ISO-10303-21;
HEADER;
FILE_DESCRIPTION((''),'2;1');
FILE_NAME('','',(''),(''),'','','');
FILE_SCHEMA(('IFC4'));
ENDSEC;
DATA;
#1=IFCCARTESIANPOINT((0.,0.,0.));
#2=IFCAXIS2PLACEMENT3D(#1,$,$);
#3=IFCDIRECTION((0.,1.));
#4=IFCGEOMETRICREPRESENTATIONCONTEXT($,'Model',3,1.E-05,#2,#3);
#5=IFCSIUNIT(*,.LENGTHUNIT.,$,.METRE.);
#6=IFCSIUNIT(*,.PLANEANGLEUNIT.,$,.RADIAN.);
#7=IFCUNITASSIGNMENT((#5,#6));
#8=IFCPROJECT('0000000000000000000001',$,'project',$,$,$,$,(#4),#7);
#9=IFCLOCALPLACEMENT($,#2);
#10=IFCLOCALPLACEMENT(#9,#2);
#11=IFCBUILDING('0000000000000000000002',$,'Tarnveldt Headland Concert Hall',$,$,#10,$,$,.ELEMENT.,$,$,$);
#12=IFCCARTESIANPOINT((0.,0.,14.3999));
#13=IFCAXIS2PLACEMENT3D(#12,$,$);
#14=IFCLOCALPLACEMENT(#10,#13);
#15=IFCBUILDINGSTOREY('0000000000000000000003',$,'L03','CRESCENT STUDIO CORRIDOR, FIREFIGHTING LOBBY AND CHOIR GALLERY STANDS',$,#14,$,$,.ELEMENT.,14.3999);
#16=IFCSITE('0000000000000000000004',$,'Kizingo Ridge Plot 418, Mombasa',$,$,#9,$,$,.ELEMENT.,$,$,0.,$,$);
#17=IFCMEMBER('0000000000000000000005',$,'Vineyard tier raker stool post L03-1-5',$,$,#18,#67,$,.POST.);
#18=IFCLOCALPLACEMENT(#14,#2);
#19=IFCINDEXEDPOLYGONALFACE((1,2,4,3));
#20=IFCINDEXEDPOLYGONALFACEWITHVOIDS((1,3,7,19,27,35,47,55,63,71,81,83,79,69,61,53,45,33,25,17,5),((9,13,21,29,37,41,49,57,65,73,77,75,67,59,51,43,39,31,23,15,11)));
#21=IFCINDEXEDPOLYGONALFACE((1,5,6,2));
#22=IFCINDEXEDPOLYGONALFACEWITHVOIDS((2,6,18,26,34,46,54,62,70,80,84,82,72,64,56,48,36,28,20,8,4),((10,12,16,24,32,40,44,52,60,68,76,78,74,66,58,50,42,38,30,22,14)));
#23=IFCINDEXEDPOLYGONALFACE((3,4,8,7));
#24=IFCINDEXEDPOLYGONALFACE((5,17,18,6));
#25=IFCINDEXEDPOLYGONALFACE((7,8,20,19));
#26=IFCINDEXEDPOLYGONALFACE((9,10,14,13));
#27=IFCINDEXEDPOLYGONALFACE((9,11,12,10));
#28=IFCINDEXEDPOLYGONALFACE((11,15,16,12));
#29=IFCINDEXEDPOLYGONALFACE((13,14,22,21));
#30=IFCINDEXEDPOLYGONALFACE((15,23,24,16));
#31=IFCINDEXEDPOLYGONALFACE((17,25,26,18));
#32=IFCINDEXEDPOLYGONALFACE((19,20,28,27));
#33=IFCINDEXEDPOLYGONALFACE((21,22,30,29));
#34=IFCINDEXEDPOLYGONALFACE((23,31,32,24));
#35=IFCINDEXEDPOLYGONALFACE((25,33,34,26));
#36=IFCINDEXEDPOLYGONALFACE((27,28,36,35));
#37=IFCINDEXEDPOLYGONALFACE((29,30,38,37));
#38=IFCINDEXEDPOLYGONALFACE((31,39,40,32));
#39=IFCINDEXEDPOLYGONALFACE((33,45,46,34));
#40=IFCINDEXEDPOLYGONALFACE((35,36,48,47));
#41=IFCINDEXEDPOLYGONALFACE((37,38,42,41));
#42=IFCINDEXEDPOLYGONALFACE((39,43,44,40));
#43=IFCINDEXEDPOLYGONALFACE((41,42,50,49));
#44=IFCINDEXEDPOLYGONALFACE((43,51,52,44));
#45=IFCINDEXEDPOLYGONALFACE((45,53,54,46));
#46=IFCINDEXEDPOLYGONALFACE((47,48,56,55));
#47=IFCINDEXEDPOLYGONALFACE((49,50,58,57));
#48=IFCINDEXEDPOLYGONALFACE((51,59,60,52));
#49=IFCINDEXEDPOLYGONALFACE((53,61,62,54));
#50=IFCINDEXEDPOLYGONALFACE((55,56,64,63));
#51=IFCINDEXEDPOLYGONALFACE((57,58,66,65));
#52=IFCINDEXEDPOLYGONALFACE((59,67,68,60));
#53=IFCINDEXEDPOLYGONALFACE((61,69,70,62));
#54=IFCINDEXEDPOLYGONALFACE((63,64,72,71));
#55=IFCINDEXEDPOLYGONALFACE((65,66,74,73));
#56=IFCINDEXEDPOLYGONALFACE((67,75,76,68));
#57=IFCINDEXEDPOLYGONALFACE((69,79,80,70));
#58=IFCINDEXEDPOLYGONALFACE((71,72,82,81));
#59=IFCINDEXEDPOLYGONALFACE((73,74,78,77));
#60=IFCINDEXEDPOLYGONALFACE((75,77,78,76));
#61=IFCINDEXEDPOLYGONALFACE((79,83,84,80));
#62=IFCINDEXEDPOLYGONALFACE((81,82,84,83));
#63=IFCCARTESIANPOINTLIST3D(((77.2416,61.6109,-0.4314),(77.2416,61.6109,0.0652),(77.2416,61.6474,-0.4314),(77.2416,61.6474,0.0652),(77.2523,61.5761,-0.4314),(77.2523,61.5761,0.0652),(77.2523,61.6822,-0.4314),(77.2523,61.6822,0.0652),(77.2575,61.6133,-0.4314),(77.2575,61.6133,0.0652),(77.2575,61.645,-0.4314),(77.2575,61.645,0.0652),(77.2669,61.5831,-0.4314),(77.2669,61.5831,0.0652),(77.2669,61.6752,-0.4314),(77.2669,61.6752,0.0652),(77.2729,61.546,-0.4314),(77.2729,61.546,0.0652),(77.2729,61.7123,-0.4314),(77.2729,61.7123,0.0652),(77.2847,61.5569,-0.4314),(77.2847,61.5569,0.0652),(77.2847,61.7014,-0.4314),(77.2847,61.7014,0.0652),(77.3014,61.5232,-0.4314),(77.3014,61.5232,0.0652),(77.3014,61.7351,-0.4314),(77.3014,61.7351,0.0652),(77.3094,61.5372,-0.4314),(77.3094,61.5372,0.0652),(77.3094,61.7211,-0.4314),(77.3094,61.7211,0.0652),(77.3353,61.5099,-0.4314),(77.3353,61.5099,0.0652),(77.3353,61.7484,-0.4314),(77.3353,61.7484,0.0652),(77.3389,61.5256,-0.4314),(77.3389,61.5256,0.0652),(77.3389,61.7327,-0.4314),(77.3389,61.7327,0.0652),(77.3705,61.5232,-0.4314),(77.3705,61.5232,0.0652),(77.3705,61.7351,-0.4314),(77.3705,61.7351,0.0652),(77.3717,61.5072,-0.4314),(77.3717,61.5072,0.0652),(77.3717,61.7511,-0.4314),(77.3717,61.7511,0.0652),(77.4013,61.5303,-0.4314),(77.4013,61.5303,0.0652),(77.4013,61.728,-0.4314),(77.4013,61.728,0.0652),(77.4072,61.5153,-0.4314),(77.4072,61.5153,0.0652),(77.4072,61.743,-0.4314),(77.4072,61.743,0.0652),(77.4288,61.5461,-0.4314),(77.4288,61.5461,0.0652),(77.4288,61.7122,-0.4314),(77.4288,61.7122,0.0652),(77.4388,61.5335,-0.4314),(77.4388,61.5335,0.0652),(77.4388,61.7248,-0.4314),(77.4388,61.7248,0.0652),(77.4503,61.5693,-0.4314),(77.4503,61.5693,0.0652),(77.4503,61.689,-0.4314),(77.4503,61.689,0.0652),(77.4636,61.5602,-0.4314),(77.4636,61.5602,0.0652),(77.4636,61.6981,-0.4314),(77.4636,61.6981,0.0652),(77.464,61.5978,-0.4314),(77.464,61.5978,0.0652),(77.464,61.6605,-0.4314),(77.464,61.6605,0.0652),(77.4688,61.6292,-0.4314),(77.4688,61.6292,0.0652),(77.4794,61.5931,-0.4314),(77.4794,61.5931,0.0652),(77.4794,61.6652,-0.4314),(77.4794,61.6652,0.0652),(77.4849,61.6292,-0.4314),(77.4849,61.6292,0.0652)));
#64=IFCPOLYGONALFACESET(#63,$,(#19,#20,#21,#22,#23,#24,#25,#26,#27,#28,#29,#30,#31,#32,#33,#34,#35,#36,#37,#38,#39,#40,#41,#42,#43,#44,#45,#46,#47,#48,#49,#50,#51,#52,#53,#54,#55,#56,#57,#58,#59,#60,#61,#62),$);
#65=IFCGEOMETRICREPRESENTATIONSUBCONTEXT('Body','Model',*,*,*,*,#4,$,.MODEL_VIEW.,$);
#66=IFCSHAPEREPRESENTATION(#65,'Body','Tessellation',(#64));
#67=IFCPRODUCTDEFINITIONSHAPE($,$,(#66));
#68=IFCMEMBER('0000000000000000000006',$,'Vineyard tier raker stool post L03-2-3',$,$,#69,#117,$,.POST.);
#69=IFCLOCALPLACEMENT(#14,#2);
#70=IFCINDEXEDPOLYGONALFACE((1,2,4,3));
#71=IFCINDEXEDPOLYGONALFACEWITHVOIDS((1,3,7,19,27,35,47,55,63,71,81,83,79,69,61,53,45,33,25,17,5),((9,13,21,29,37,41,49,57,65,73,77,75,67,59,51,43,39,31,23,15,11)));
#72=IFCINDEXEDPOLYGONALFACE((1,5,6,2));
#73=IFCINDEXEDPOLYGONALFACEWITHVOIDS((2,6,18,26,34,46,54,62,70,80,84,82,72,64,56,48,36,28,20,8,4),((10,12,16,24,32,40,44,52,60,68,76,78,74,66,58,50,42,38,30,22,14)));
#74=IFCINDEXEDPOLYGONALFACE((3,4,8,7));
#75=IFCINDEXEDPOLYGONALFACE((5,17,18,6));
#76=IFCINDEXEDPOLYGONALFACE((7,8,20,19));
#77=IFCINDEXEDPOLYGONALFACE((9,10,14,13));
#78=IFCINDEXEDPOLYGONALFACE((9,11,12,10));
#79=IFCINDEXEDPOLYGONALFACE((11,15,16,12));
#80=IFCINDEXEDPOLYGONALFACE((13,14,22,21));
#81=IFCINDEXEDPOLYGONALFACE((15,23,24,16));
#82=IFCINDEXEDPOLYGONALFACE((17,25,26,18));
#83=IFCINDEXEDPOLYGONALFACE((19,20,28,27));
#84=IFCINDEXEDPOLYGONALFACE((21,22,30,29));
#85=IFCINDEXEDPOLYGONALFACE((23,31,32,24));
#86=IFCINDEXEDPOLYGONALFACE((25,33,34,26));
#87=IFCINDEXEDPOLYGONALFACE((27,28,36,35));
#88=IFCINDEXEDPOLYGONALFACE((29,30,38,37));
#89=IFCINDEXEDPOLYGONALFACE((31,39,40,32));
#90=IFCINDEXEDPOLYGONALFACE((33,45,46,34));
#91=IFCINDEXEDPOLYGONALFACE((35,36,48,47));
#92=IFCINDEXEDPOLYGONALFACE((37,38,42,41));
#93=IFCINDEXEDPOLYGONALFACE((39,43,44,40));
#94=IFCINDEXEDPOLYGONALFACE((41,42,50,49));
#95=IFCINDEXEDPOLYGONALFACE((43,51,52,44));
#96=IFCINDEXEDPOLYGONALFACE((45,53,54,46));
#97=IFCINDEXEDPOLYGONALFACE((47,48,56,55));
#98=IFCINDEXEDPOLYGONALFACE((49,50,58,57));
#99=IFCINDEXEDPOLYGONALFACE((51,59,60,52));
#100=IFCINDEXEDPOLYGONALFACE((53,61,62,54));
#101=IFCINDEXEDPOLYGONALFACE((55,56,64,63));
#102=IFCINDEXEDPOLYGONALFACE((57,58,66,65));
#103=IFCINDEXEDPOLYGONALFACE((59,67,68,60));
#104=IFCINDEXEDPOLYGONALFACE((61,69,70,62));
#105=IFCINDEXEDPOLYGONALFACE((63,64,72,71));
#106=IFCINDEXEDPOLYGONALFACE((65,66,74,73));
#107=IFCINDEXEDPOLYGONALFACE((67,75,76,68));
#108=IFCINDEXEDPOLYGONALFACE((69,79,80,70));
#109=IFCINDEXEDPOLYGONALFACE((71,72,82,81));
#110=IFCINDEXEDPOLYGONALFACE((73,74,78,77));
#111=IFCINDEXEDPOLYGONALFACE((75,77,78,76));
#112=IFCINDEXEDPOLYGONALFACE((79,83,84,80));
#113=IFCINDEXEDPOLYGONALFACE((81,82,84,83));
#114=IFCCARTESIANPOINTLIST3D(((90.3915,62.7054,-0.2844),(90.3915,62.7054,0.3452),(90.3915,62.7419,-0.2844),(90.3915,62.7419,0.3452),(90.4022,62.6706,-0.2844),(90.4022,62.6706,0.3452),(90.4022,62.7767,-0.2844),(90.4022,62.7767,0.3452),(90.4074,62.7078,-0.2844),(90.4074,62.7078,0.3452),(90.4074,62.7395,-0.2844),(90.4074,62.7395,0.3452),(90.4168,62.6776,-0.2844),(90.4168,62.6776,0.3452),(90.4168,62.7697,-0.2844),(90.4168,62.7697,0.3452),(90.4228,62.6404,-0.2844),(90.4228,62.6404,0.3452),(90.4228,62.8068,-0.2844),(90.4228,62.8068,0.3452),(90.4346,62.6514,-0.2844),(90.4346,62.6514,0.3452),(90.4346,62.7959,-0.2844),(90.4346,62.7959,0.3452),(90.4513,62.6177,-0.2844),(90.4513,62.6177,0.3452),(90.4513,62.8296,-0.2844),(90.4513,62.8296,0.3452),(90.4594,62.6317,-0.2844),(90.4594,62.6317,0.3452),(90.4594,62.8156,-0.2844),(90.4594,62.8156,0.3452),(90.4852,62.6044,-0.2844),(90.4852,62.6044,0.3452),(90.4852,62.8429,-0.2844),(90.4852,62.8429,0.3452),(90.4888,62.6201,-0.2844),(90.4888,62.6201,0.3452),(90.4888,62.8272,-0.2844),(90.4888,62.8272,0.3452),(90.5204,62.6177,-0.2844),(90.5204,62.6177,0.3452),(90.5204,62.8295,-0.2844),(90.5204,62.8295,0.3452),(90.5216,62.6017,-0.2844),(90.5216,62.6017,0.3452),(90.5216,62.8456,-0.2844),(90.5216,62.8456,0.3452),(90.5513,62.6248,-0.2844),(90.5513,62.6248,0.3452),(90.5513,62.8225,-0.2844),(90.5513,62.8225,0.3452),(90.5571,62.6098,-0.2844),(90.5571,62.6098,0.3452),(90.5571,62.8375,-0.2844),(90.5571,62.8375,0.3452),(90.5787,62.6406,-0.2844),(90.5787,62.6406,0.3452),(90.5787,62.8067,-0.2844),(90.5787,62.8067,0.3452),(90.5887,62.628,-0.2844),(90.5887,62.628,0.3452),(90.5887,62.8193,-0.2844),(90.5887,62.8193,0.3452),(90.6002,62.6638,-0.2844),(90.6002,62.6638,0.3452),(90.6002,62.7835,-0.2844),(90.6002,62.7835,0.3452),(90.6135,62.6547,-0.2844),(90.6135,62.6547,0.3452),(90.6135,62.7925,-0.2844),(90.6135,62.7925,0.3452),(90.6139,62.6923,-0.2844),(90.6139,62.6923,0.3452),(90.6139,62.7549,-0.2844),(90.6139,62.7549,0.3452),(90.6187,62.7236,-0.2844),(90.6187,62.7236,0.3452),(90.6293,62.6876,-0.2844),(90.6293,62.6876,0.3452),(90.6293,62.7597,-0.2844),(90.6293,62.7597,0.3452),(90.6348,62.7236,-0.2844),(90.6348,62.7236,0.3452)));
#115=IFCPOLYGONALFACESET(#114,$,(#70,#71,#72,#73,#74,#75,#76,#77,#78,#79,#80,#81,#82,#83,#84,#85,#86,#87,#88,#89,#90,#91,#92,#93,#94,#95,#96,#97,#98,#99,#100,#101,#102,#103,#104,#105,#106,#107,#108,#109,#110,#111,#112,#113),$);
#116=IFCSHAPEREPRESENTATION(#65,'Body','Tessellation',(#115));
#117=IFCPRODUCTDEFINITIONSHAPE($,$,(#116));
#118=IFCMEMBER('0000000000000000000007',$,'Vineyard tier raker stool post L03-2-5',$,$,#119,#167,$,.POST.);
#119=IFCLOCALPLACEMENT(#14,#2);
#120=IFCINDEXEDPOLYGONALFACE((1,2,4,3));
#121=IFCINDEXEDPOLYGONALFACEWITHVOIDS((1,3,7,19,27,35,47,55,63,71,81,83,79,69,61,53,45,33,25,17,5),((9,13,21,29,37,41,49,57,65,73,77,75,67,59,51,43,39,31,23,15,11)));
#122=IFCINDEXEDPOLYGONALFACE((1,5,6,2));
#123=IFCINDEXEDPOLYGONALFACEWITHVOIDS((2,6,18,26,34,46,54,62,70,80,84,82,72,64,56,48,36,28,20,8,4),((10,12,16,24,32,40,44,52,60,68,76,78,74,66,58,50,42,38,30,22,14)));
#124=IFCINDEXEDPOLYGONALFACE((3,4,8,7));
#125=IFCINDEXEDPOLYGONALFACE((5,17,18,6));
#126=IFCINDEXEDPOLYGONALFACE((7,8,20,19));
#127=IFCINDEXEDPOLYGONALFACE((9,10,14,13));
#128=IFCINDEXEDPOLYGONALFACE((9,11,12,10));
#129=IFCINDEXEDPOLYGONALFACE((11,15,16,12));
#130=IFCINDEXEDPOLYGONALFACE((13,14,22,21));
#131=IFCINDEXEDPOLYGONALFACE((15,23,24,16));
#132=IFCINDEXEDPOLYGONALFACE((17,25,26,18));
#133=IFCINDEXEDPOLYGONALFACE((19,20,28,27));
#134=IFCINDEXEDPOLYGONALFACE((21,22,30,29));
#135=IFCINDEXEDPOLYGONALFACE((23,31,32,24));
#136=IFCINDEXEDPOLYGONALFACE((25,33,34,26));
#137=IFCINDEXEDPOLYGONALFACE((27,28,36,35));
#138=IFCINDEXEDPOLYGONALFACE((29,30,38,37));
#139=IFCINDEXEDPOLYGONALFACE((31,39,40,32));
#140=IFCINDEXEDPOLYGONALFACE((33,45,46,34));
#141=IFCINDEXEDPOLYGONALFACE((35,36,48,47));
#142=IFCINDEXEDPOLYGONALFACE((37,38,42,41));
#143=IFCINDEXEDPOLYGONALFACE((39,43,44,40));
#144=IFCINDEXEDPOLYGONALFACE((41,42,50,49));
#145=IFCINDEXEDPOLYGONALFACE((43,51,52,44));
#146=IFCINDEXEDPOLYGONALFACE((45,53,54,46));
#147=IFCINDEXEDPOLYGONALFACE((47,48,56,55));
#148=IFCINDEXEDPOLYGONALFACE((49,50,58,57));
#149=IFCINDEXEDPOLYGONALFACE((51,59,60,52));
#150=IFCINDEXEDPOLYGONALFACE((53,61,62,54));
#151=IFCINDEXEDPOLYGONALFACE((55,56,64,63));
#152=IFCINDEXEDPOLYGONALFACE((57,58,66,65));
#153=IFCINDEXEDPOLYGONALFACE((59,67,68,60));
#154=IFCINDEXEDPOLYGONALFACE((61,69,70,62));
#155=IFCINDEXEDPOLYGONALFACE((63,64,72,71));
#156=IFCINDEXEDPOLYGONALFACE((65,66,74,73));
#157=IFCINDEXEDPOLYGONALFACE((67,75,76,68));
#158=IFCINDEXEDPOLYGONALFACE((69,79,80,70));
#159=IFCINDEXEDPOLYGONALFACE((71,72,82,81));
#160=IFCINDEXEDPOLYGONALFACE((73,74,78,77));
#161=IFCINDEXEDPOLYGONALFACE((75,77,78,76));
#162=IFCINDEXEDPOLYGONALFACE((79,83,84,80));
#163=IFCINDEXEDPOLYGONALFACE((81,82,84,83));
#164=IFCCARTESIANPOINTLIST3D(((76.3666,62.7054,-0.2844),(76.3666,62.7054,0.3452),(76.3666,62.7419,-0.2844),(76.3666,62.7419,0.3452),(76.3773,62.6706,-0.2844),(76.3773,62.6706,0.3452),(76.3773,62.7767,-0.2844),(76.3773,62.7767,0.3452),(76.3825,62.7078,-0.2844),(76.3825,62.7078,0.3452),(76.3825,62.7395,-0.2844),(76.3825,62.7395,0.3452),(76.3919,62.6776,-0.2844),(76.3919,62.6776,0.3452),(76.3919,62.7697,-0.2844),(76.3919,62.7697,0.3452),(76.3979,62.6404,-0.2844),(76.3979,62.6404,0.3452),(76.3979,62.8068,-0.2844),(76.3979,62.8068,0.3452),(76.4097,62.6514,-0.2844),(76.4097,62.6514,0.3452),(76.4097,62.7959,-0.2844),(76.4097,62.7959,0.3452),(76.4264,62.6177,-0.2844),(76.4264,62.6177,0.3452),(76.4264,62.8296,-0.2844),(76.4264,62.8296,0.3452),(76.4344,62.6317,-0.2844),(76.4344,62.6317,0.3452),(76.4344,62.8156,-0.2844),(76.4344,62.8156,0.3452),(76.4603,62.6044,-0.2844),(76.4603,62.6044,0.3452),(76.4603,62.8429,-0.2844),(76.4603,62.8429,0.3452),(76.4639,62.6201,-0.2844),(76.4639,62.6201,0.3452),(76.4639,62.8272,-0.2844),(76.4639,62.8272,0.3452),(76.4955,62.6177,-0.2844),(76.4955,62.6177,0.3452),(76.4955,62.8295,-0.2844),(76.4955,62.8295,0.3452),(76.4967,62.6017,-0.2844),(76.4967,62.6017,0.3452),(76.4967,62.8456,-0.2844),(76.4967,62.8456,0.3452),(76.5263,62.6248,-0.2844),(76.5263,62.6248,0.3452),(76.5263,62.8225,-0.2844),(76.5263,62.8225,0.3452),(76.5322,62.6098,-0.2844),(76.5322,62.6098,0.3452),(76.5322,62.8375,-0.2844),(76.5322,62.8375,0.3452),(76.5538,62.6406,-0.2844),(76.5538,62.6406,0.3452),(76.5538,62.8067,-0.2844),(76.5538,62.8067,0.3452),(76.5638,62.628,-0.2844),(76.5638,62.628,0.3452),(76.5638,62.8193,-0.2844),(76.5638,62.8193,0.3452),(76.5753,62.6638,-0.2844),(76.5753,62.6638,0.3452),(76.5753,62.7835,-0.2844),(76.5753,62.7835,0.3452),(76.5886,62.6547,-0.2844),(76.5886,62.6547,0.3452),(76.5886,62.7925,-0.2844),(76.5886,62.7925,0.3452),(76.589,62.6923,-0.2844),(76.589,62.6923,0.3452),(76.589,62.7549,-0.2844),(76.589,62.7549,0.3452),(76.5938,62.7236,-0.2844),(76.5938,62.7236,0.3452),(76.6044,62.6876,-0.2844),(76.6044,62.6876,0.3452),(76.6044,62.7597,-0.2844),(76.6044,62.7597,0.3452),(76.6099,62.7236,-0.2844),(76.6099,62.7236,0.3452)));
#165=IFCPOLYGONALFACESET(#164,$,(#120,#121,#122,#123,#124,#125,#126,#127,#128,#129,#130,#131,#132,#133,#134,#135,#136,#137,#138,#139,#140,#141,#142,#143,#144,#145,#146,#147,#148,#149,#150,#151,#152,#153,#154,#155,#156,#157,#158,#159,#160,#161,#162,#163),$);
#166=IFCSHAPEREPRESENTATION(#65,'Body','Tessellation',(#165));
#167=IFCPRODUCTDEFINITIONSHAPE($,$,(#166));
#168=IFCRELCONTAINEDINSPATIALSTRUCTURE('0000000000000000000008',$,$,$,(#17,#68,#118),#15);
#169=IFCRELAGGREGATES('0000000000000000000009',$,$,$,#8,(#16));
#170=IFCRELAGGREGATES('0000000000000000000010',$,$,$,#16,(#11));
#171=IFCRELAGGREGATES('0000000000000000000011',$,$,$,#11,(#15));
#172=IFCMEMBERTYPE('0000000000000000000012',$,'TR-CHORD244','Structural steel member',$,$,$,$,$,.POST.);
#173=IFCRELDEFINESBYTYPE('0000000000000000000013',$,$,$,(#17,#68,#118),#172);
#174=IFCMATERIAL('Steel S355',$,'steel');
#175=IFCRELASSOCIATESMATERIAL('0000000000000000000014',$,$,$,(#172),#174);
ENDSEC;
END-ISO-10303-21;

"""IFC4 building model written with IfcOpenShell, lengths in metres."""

from ifc_helpers import new_model, si_unit, direction, frame, origin, origin_2d, place, context, subcontext, project, spatial, hollow_circle, extrude, material, material_profile, profile_set, type_object, element, save


model = new_model("IFC4")

# Units and contexts
model_context = context("Model", 3, precision=1e-05, world=origin(), true_north=direction((0.0, 1.0)))
body_context = subcontext(model_context, "Body", "Model", "MODEL_VIEW")
ifc_project = project(units=[si_unit("LENGTHUNIT", "METRE"), si_unit("PLANEANGLEUNIT", "RADIAN")], contexts=[model_context])

# Site, building, storey
site_placement = place(None, origin())
site = spatial("IfcSite", under=ifc_project, at=site_placement, Name="Kizingo Ridge Plot 418, Mombasa", CompositionType="ELEMENT", RefElevation=0.0)
building_placement = place(site_placement, origin())
building = spatial("IfcBuilding", under=site, at=building_placement, Name="Tarnveldt Headland Concert Hall", CompositionType="ELEMENT")
storey_placement = place(building_placement, frame((0.0, 0.0, 14.3999)))
storey = spatial("IfcBuildingStorey", under=building, at=storey_placement, Name="L03", Description="CRESCENT STUDIO CORRIDOR, FIREFIGHTING LOBBY AND CHOIR GALLERY STANDS", CompositionType="ELEMENT", Elevation=14.3999)

# Shared definitions
ifc_material_1 = material(Name="Steel S355", Category="steel")

# Members
ifc_material_profile_1 = material_profile(ifc_material_1, hollow_circle(Radius=0.1223, WallThickness=0.0161, at=origin_2d()), Name="CHS 244.5x16", Category="steel")
ifc_profile_set_1 = profile_set([ifc_material_profile_1], Name="Steel S355")
member_type = type_object("IfcMemberType", Name="TR-CHORD244", Description="Structural steel member", PredefinedType="POST", material=ifc_profile_set_1)
for number, where, z_axis, x_axis, name in (
    (1, (77.3625, 61.6292, -0.4314), (0.0, 0.0, 1.0), (1.0, 0.0, 0.0), "Vineyard tier raker stool post L03-1-5"),
):
    element("IfcMember", number, at=place(storey_placement, frame(where, z_axis=z_axis, x_axis=x_axis)), inside=storey, type_object=member_type, Name=name, PredefinedType="POST", context=body_context, shape_type="SweptSolid", body=[
        extrude(hollow_circle(Radius=0.1223, WallThickness=0.0161, at=origin_2d()), origin(), (0.0, 0.0, 1.0), 0.4966),
    ])
for number, where, z_axis, x_axis, name in (
    (2, (90.5125, 62.7236, -0.2844), (0.0, 0.0, 1.0), (1.0, 0.0, 0.0), "Vineyard tier raker stool post L03-2-3"),
    (3, (76.4875, 62.7236, -0.2844), (0.0, 0.0, 1.0), (1.0, 0.0, 0.0), "Vineyard tier raker stool post L03-2-5"),
):
    element("IfcMember", number, at=place(storey_placement, frame(where, z_axis=z_axis, x_axis=x_axis)), inside=storey, type_object=member_type, Name=name, PredefinedType="POST", context=body_context, shape_type="SweptSolid", body=[
        extrude(hollow_circle(Radius=0.1223, WallThickness=0.0161, at=origin_2d()), origin(), (0.0, 0.0, 1.0), 0.6296),
    ])

save(model, "model.ifc")
